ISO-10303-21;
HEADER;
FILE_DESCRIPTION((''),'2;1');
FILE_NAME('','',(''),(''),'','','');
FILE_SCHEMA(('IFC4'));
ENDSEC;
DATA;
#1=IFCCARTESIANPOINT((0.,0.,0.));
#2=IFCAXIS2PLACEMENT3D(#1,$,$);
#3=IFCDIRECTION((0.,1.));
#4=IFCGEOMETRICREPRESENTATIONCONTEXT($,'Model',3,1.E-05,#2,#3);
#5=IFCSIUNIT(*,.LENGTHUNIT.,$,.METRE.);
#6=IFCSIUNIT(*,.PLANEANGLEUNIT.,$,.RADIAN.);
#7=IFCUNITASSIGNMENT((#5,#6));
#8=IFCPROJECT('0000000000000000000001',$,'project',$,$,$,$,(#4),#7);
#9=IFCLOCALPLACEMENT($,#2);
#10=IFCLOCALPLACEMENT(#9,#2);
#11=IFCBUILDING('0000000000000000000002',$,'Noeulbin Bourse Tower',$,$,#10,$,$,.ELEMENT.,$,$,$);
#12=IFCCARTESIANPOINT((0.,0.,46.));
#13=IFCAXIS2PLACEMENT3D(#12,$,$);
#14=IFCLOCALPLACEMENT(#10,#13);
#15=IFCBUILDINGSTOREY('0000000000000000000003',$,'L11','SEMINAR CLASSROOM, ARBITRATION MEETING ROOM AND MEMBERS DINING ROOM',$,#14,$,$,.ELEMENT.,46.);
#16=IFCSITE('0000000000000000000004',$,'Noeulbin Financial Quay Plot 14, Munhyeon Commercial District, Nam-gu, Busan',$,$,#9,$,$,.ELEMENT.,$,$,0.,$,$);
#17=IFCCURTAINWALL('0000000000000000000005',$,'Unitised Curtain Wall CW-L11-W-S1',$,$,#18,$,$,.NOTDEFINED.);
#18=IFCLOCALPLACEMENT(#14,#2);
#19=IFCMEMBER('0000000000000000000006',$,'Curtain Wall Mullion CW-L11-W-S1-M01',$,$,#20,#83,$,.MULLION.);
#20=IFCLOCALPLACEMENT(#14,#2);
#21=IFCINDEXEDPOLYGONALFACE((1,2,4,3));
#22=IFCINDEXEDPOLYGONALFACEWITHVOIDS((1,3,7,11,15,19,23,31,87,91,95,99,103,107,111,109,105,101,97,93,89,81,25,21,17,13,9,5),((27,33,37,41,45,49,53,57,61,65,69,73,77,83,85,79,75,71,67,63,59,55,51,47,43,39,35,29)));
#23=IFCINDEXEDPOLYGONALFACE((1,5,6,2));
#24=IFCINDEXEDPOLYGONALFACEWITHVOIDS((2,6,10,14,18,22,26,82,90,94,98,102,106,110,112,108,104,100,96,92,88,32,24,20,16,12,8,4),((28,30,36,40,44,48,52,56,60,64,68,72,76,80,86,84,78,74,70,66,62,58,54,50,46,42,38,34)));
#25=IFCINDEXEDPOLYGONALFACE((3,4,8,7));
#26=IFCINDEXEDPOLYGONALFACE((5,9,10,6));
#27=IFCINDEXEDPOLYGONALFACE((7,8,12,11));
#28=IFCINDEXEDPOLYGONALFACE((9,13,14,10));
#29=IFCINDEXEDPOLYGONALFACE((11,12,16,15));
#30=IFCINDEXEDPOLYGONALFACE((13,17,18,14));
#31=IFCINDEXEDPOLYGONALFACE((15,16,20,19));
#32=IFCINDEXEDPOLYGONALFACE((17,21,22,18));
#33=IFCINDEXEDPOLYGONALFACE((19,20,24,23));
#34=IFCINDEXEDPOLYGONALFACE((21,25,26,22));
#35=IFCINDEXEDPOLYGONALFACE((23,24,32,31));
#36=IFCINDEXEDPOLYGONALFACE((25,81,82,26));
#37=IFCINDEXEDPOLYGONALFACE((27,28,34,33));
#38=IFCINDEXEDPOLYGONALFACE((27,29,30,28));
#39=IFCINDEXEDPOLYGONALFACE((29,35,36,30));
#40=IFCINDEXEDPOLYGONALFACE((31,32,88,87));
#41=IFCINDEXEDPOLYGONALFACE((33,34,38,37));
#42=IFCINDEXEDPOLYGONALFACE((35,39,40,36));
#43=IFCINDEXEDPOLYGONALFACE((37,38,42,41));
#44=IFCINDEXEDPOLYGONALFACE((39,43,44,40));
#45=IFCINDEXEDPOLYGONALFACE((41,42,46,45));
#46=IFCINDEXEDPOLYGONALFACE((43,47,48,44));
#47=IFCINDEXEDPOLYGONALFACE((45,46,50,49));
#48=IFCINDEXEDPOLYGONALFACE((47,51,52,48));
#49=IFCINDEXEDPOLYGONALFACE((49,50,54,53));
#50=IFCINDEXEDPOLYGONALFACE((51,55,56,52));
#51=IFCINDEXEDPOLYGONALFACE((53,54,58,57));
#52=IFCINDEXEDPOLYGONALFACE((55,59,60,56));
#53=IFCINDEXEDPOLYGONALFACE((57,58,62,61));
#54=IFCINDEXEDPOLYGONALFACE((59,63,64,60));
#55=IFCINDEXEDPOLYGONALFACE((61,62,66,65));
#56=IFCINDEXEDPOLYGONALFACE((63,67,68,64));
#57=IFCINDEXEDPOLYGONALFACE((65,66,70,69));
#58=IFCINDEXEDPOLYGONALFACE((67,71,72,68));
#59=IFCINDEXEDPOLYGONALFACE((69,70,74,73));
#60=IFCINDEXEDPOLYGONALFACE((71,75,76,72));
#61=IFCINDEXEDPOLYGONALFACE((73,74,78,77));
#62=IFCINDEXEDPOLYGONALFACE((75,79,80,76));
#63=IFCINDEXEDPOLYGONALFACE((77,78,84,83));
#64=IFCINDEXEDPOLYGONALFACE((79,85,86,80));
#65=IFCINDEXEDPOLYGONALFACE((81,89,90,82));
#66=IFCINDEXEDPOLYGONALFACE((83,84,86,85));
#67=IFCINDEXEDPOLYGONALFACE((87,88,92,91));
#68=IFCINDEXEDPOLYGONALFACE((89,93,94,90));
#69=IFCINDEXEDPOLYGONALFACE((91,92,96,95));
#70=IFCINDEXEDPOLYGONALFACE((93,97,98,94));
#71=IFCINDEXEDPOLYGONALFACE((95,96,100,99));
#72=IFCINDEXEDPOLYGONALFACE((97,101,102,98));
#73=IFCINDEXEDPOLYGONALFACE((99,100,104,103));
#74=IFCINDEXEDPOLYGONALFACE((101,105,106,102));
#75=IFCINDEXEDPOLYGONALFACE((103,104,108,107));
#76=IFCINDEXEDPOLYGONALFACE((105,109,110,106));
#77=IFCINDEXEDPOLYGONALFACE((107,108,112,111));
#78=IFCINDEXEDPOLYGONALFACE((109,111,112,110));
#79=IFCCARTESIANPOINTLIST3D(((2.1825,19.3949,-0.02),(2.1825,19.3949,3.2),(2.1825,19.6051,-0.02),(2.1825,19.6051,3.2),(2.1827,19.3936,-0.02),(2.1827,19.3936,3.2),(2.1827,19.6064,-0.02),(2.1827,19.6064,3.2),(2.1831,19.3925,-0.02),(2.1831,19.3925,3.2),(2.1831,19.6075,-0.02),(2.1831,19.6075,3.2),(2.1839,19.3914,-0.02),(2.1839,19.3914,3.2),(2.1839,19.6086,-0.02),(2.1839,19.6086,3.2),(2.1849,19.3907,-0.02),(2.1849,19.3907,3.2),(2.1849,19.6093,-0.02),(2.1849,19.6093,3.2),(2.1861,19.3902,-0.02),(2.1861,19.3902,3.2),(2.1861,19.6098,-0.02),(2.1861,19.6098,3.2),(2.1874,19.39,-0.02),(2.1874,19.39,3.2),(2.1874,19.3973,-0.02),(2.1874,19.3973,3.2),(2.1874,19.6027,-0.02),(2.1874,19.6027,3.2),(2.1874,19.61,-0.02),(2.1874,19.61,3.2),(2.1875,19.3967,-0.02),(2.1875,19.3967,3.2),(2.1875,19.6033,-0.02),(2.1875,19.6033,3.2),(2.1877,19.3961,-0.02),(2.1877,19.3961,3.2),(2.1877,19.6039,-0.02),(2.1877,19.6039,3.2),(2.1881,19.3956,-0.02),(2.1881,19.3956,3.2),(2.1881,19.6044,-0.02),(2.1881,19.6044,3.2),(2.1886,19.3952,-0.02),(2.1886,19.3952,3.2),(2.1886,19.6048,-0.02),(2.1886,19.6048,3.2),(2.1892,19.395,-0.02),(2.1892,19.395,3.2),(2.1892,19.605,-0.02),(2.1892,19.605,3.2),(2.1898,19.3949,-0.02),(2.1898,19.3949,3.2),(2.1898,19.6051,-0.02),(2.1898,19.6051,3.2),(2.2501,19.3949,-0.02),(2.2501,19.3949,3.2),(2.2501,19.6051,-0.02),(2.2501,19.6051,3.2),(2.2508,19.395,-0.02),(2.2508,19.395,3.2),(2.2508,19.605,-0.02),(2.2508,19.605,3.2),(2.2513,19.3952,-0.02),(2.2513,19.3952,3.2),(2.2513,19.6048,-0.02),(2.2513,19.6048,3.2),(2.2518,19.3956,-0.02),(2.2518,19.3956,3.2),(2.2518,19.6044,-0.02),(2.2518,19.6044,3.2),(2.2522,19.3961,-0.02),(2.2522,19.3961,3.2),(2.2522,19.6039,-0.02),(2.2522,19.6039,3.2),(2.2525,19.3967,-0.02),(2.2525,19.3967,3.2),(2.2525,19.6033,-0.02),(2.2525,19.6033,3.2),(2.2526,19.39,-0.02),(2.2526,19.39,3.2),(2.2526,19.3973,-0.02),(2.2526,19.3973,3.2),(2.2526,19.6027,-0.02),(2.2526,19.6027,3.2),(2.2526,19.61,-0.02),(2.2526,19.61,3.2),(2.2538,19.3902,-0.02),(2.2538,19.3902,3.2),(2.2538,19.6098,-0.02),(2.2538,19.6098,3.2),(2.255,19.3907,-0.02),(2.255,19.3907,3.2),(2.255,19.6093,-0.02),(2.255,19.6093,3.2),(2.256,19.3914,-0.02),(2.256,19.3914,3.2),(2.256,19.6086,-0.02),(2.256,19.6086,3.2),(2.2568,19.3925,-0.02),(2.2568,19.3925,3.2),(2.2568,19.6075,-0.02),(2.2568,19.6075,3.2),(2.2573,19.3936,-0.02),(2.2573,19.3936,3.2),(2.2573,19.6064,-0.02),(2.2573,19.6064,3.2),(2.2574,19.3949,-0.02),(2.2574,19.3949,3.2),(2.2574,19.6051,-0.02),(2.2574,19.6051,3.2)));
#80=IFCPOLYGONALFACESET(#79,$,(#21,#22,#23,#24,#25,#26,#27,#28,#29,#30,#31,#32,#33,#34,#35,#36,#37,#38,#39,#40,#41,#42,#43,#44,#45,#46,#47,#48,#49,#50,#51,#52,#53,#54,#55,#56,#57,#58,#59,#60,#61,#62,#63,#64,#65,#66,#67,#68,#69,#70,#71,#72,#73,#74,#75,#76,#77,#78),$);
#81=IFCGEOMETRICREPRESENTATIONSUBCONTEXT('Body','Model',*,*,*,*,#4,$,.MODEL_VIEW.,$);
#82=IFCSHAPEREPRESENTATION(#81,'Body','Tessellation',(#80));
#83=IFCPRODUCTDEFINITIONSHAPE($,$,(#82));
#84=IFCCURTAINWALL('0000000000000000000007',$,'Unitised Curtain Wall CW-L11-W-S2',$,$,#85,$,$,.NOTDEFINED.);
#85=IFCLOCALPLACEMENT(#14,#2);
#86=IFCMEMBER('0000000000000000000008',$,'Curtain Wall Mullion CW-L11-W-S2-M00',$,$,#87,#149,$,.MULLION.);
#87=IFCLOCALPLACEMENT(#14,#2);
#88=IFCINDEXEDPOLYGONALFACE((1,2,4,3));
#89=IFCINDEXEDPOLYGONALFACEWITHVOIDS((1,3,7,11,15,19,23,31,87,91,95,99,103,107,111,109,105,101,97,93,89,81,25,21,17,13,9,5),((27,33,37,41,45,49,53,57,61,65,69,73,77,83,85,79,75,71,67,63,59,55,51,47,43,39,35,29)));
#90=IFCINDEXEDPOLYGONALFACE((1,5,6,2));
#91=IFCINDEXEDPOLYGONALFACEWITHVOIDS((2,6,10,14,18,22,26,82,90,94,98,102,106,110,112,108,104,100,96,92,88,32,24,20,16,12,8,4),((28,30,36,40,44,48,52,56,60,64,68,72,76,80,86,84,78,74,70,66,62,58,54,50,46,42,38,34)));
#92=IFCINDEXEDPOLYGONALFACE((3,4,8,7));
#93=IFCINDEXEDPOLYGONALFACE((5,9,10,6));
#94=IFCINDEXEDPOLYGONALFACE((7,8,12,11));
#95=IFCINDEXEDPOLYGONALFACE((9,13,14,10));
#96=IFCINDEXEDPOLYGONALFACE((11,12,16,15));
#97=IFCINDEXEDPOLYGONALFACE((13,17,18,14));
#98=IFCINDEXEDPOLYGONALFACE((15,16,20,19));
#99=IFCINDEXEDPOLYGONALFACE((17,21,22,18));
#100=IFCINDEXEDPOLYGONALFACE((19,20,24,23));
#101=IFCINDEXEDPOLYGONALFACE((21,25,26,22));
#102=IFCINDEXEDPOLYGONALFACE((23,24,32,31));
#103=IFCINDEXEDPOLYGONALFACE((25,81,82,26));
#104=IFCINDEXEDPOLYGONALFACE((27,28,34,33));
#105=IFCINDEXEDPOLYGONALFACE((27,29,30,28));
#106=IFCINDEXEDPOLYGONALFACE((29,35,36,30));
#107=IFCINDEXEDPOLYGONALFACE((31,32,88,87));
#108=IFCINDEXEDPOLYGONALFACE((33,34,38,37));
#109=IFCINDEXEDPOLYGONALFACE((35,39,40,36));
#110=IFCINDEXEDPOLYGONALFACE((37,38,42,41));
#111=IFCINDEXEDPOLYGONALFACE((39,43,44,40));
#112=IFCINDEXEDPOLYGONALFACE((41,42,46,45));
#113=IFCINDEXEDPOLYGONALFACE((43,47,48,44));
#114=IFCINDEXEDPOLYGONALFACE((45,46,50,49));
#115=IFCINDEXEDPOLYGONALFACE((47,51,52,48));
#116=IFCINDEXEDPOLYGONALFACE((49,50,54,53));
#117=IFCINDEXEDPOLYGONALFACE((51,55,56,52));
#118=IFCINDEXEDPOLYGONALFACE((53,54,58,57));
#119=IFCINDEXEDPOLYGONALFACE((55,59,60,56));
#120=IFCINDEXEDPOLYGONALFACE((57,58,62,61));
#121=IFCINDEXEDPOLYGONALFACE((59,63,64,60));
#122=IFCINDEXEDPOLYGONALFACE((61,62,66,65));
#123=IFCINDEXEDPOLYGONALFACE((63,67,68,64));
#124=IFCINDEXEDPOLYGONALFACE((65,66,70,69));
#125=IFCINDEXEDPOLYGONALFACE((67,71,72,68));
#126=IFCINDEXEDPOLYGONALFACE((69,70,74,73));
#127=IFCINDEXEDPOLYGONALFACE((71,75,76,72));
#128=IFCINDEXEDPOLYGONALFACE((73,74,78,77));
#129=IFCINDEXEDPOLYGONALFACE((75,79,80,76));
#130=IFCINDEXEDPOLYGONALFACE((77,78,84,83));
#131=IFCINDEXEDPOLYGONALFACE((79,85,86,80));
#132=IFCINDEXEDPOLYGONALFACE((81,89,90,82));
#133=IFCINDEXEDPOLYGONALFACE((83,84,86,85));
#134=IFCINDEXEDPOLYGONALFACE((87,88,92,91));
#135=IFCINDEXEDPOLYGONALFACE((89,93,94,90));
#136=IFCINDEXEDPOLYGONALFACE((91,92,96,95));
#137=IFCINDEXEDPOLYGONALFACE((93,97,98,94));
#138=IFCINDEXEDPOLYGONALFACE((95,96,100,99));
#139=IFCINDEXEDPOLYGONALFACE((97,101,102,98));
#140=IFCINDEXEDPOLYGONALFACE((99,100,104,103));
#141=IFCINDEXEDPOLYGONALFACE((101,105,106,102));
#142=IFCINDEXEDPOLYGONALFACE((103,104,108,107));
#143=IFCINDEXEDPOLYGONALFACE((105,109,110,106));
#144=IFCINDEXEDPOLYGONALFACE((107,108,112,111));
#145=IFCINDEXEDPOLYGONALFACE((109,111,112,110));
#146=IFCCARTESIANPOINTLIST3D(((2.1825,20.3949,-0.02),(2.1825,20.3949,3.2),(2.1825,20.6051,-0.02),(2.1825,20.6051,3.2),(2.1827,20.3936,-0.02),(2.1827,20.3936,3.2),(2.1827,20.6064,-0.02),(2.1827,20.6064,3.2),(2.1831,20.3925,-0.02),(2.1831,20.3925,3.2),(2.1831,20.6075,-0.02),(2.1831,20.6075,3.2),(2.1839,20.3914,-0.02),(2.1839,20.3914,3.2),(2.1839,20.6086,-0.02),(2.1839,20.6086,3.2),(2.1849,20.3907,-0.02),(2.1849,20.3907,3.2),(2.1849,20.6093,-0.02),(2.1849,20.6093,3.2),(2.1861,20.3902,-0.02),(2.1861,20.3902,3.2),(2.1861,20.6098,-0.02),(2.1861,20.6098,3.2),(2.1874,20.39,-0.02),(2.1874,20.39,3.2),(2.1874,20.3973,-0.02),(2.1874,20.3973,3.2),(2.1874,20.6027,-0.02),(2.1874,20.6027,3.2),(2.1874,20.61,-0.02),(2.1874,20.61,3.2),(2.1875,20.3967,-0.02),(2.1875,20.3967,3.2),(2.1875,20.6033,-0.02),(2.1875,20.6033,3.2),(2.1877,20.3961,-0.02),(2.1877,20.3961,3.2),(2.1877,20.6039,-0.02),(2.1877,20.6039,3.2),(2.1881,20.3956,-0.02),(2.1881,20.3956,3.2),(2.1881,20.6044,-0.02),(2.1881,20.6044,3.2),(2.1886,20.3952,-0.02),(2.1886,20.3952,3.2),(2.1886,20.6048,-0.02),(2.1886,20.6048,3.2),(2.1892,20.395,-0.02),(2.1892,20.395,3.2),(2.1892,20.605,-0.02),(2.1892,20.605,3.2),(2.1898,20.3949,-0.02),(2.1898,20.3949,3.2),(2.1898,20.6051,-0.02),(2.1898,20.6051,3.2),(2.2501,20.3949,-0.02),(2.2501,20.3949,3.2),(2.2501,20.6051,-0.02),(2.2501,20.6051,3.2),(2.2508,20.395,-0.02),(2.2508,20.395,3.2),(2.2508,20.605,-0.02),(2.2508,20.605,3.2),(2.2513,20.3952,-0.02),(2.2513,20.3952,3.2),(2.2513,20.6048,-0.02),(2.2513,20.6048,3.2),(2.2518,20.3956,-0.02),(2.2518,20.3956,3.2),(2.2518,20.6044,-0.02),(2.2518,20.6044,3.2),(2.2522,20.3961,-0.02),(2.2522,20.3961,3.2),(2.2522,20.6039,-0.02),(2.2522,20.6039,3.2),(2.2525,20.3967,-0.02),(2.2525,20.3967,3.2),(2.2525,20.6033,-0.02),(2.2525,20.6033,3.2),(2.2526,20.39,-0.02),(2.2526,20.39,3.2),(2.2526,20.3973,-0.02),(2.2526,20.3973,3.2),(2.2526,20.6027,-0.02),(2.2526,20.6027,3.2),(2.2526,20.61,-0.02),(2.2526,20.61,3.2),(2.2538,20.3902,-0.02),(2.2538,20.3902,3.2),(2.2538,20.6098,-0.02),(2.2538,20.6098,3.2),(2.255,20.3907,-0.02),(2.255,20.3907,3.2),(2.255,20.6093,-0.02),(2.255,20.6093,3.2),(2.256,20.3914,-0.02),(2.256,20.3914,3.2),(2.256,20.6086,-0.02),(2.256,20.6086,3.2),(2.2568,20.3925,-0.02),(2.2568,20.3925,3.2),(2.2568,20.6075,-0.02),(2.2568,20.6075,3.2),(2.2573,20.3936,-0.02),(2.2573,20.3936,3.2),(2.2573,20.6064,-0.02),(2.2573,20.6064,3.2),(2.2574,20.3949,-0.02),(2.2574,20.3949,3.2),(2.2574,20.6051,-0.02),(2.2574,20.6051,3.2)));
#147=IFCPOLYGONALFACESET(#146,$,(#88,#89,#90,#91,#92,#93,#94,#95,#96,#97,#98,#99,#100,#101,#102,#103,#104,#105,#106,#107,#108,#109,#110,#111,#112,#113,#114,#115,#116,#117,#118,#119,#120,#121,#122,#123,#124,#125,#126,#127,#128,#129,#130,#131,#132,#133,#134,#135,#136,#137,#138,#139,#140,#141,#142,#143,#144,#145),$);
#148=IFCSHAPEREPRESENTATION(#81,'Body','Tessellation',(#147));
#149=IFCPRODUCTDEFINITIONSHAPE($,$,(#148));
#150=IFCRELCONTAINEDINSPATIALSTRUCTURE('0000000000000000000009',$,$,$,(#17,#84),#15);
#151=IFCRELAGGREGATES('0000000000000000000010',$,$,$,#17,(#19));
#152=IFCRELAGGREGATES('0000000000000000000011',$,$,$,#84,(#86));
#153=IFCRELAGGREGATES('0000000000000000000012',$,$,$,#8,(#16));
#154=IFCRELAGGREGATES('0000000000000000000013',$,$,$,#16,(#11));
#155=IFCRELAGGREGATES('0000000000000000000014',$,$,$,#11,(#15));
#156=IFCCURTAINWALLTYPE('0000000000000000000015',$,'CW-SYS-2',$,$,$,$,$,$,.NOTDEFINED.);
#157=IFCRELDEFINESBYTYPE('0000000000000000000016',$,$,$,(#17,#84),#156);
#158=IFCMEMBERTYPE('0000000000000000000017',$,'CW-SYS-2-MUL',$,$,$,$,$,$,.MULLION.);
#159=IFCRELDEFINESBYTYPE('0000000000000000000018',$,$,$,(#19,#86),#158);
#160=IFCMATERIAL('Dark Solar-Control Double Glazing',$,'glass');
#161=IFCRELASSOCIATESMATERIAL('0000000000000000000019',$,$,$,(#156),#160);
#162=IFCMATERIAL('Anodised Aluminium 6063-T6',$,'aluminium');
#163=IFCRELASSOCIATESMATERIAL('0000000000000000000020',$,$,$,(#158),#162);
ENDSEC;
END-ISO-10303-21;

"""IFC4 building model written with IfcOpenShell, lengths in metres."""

from ifc_helpers import new_model, si_unit, direction, frame, origin, origin_2d, place, context, subcontext, project, spatial, hollow_rectangle, extrude, material, material_profile, profile_set, type_object, element, aggregate, save


model = new_model("IFC4")

# Units and contexts
model_context = context("Model", 3, precision=1e-05, world=origin(), true_north=direction((0.0, 1.0)))
body_context = subcontext(model_context, "Body", "Model", "MODEL_VIEW")
ifc_project = project(units=[si_unit("LENGTHUNIT", "METRE"), si_unit("PLANEANGLEUNIT", "RADIAN")], contexts=[model_context])

# Site, building, storey
site_placement = place(None, origin())
site = spatial("IfcSite", under=ifc_project, at=site_placement, Name="Noeulbin Financial Quay Plot 14, Munhyeon Commercial District, Nam-gu, Busan", CompositionType="ELEMENT", RefElevation=0.0)
building_placement = place(site_placement, origin())
building = spatial("IfcBuilding", under=site, at=building_placement, Name="Noeulbin Bourse Tower", CompositionType="ELEMENT")
storey_placement = place(building_placement, frame((0.0, 0.0, 46.0)))
storey = spatial("IfcBuildingStorey", under=building, at=storey_placement, Name="L11", Description="SEMINAR CLASSROOM, ARBITRATION MEETING ROOM AND MEMBERS DINING ROOM", CompositionType="ELEMENT", Elevation=46.0)

# Curtain wall, member
ifc_material_1 = material(Name="Dark Solar-Control Double Glazing", Category="glass")
curtain_wall_type = type_object("IfcCurtainWallType", Name="CW-SYS-2", PredefinedType="NOTDEFINED", material=ifc_material_1)
curtain_wall_1_placement = place(storey_placement, origin())
curtain_wall_1 = element("IfcCurtainWall", 1, at=curtain_wall_1_placement, inside=storey, type_object=curtain_wall_type, Name="Unitised Curtain Wall CW-L11-W-S1", PredefinedType="NOTDEFINED")
ifc_material_2 = material(Name="Anodised Aluminium 6063-T6", Category="aluminium")
ifc_material_profile_1 = material_profile(ifc_material_2, hollow_rectangle(XDim=0.075, YDim=0.22, WallThickness=0.0049, InnerFilletRadius=0.0024, OuterFilletRadius=0.0049, at=origin_2d()), Name="ALU-MULL-75x220x5", Category="LoadBearing")
ifc_profile_set_1 = profile_set([ifc_material_profile_1], Name="Anodised Aluminium 6063-T6")
member_type_1 = type_object("IfcMemberType", Name="CW-SYS-2-MUL", PredefinedType="MULLION", material=ifc_profile_set_1)
member_1_placement = place(storey_placement, frame((2.22, 19.5, -0.02), z_axis=(0.0, 0.0, 1.0), x_axis=(1.0, 0.0, 0.0)))
member_1 = element("IfcMember", 2, at=member_1_placement, type_object=member_type_1, Name="Curtain Wall Mullion CW-L11-W-S1-M01", PredefinedType="MULLION", context=body_context, shape_type="SweptSolid", body=[
    extrude(hollow_rectangle(XDim=0.075, YDim=0.22, WallThickness=0.0049, InnerFilletRadius=0.0024, OuterFilletRadius=0.0049, at=origin_2d()), origin(), (0.0, 0.0, 1.0), 3.22),
])

# Curtain wall, member
curtain_wall_2_placement = place(storey_placement, origin())
curtain_wall_2 = element("IfcCurtainWall", 3, at=curtain_wall_2_placement, inside=storey, type_object=curtain_wall_type, Name="Unitised Curtain Wall CW-L11-W-S2", PredefinedType="NOTDEFINED")
member_2_placement = place(storey_placement, frame((2.22, 20.5, -0.02), z_axis=(0.0, 0.0, 1.0), x_axis=(1.0, 0.0, 0.0)))
member_2 = element("IfcMember", 4, at=member_2_placement, type_object=member_type_1, Name="Curtain Wall Mullion CW-L11-W-S2-M00", PredefinedType="MULLION", context=body_context, shape_type="SweptSolid", body=[
    extrude(hollow_rectangle(XDim=0.075, YDim=0.22, WallThickness=0.0049, InnerFilletRadius=0.0024, OuterFilletRadius=0.0049, at=origin_2d()), origin(), (0.0, 0.0, 1.0), 3.22),
])

aggregate(curtain_wall_1, [member_1])
aggregate(curtain_wall_2, [member_2])

save(model, "model.ifc")
